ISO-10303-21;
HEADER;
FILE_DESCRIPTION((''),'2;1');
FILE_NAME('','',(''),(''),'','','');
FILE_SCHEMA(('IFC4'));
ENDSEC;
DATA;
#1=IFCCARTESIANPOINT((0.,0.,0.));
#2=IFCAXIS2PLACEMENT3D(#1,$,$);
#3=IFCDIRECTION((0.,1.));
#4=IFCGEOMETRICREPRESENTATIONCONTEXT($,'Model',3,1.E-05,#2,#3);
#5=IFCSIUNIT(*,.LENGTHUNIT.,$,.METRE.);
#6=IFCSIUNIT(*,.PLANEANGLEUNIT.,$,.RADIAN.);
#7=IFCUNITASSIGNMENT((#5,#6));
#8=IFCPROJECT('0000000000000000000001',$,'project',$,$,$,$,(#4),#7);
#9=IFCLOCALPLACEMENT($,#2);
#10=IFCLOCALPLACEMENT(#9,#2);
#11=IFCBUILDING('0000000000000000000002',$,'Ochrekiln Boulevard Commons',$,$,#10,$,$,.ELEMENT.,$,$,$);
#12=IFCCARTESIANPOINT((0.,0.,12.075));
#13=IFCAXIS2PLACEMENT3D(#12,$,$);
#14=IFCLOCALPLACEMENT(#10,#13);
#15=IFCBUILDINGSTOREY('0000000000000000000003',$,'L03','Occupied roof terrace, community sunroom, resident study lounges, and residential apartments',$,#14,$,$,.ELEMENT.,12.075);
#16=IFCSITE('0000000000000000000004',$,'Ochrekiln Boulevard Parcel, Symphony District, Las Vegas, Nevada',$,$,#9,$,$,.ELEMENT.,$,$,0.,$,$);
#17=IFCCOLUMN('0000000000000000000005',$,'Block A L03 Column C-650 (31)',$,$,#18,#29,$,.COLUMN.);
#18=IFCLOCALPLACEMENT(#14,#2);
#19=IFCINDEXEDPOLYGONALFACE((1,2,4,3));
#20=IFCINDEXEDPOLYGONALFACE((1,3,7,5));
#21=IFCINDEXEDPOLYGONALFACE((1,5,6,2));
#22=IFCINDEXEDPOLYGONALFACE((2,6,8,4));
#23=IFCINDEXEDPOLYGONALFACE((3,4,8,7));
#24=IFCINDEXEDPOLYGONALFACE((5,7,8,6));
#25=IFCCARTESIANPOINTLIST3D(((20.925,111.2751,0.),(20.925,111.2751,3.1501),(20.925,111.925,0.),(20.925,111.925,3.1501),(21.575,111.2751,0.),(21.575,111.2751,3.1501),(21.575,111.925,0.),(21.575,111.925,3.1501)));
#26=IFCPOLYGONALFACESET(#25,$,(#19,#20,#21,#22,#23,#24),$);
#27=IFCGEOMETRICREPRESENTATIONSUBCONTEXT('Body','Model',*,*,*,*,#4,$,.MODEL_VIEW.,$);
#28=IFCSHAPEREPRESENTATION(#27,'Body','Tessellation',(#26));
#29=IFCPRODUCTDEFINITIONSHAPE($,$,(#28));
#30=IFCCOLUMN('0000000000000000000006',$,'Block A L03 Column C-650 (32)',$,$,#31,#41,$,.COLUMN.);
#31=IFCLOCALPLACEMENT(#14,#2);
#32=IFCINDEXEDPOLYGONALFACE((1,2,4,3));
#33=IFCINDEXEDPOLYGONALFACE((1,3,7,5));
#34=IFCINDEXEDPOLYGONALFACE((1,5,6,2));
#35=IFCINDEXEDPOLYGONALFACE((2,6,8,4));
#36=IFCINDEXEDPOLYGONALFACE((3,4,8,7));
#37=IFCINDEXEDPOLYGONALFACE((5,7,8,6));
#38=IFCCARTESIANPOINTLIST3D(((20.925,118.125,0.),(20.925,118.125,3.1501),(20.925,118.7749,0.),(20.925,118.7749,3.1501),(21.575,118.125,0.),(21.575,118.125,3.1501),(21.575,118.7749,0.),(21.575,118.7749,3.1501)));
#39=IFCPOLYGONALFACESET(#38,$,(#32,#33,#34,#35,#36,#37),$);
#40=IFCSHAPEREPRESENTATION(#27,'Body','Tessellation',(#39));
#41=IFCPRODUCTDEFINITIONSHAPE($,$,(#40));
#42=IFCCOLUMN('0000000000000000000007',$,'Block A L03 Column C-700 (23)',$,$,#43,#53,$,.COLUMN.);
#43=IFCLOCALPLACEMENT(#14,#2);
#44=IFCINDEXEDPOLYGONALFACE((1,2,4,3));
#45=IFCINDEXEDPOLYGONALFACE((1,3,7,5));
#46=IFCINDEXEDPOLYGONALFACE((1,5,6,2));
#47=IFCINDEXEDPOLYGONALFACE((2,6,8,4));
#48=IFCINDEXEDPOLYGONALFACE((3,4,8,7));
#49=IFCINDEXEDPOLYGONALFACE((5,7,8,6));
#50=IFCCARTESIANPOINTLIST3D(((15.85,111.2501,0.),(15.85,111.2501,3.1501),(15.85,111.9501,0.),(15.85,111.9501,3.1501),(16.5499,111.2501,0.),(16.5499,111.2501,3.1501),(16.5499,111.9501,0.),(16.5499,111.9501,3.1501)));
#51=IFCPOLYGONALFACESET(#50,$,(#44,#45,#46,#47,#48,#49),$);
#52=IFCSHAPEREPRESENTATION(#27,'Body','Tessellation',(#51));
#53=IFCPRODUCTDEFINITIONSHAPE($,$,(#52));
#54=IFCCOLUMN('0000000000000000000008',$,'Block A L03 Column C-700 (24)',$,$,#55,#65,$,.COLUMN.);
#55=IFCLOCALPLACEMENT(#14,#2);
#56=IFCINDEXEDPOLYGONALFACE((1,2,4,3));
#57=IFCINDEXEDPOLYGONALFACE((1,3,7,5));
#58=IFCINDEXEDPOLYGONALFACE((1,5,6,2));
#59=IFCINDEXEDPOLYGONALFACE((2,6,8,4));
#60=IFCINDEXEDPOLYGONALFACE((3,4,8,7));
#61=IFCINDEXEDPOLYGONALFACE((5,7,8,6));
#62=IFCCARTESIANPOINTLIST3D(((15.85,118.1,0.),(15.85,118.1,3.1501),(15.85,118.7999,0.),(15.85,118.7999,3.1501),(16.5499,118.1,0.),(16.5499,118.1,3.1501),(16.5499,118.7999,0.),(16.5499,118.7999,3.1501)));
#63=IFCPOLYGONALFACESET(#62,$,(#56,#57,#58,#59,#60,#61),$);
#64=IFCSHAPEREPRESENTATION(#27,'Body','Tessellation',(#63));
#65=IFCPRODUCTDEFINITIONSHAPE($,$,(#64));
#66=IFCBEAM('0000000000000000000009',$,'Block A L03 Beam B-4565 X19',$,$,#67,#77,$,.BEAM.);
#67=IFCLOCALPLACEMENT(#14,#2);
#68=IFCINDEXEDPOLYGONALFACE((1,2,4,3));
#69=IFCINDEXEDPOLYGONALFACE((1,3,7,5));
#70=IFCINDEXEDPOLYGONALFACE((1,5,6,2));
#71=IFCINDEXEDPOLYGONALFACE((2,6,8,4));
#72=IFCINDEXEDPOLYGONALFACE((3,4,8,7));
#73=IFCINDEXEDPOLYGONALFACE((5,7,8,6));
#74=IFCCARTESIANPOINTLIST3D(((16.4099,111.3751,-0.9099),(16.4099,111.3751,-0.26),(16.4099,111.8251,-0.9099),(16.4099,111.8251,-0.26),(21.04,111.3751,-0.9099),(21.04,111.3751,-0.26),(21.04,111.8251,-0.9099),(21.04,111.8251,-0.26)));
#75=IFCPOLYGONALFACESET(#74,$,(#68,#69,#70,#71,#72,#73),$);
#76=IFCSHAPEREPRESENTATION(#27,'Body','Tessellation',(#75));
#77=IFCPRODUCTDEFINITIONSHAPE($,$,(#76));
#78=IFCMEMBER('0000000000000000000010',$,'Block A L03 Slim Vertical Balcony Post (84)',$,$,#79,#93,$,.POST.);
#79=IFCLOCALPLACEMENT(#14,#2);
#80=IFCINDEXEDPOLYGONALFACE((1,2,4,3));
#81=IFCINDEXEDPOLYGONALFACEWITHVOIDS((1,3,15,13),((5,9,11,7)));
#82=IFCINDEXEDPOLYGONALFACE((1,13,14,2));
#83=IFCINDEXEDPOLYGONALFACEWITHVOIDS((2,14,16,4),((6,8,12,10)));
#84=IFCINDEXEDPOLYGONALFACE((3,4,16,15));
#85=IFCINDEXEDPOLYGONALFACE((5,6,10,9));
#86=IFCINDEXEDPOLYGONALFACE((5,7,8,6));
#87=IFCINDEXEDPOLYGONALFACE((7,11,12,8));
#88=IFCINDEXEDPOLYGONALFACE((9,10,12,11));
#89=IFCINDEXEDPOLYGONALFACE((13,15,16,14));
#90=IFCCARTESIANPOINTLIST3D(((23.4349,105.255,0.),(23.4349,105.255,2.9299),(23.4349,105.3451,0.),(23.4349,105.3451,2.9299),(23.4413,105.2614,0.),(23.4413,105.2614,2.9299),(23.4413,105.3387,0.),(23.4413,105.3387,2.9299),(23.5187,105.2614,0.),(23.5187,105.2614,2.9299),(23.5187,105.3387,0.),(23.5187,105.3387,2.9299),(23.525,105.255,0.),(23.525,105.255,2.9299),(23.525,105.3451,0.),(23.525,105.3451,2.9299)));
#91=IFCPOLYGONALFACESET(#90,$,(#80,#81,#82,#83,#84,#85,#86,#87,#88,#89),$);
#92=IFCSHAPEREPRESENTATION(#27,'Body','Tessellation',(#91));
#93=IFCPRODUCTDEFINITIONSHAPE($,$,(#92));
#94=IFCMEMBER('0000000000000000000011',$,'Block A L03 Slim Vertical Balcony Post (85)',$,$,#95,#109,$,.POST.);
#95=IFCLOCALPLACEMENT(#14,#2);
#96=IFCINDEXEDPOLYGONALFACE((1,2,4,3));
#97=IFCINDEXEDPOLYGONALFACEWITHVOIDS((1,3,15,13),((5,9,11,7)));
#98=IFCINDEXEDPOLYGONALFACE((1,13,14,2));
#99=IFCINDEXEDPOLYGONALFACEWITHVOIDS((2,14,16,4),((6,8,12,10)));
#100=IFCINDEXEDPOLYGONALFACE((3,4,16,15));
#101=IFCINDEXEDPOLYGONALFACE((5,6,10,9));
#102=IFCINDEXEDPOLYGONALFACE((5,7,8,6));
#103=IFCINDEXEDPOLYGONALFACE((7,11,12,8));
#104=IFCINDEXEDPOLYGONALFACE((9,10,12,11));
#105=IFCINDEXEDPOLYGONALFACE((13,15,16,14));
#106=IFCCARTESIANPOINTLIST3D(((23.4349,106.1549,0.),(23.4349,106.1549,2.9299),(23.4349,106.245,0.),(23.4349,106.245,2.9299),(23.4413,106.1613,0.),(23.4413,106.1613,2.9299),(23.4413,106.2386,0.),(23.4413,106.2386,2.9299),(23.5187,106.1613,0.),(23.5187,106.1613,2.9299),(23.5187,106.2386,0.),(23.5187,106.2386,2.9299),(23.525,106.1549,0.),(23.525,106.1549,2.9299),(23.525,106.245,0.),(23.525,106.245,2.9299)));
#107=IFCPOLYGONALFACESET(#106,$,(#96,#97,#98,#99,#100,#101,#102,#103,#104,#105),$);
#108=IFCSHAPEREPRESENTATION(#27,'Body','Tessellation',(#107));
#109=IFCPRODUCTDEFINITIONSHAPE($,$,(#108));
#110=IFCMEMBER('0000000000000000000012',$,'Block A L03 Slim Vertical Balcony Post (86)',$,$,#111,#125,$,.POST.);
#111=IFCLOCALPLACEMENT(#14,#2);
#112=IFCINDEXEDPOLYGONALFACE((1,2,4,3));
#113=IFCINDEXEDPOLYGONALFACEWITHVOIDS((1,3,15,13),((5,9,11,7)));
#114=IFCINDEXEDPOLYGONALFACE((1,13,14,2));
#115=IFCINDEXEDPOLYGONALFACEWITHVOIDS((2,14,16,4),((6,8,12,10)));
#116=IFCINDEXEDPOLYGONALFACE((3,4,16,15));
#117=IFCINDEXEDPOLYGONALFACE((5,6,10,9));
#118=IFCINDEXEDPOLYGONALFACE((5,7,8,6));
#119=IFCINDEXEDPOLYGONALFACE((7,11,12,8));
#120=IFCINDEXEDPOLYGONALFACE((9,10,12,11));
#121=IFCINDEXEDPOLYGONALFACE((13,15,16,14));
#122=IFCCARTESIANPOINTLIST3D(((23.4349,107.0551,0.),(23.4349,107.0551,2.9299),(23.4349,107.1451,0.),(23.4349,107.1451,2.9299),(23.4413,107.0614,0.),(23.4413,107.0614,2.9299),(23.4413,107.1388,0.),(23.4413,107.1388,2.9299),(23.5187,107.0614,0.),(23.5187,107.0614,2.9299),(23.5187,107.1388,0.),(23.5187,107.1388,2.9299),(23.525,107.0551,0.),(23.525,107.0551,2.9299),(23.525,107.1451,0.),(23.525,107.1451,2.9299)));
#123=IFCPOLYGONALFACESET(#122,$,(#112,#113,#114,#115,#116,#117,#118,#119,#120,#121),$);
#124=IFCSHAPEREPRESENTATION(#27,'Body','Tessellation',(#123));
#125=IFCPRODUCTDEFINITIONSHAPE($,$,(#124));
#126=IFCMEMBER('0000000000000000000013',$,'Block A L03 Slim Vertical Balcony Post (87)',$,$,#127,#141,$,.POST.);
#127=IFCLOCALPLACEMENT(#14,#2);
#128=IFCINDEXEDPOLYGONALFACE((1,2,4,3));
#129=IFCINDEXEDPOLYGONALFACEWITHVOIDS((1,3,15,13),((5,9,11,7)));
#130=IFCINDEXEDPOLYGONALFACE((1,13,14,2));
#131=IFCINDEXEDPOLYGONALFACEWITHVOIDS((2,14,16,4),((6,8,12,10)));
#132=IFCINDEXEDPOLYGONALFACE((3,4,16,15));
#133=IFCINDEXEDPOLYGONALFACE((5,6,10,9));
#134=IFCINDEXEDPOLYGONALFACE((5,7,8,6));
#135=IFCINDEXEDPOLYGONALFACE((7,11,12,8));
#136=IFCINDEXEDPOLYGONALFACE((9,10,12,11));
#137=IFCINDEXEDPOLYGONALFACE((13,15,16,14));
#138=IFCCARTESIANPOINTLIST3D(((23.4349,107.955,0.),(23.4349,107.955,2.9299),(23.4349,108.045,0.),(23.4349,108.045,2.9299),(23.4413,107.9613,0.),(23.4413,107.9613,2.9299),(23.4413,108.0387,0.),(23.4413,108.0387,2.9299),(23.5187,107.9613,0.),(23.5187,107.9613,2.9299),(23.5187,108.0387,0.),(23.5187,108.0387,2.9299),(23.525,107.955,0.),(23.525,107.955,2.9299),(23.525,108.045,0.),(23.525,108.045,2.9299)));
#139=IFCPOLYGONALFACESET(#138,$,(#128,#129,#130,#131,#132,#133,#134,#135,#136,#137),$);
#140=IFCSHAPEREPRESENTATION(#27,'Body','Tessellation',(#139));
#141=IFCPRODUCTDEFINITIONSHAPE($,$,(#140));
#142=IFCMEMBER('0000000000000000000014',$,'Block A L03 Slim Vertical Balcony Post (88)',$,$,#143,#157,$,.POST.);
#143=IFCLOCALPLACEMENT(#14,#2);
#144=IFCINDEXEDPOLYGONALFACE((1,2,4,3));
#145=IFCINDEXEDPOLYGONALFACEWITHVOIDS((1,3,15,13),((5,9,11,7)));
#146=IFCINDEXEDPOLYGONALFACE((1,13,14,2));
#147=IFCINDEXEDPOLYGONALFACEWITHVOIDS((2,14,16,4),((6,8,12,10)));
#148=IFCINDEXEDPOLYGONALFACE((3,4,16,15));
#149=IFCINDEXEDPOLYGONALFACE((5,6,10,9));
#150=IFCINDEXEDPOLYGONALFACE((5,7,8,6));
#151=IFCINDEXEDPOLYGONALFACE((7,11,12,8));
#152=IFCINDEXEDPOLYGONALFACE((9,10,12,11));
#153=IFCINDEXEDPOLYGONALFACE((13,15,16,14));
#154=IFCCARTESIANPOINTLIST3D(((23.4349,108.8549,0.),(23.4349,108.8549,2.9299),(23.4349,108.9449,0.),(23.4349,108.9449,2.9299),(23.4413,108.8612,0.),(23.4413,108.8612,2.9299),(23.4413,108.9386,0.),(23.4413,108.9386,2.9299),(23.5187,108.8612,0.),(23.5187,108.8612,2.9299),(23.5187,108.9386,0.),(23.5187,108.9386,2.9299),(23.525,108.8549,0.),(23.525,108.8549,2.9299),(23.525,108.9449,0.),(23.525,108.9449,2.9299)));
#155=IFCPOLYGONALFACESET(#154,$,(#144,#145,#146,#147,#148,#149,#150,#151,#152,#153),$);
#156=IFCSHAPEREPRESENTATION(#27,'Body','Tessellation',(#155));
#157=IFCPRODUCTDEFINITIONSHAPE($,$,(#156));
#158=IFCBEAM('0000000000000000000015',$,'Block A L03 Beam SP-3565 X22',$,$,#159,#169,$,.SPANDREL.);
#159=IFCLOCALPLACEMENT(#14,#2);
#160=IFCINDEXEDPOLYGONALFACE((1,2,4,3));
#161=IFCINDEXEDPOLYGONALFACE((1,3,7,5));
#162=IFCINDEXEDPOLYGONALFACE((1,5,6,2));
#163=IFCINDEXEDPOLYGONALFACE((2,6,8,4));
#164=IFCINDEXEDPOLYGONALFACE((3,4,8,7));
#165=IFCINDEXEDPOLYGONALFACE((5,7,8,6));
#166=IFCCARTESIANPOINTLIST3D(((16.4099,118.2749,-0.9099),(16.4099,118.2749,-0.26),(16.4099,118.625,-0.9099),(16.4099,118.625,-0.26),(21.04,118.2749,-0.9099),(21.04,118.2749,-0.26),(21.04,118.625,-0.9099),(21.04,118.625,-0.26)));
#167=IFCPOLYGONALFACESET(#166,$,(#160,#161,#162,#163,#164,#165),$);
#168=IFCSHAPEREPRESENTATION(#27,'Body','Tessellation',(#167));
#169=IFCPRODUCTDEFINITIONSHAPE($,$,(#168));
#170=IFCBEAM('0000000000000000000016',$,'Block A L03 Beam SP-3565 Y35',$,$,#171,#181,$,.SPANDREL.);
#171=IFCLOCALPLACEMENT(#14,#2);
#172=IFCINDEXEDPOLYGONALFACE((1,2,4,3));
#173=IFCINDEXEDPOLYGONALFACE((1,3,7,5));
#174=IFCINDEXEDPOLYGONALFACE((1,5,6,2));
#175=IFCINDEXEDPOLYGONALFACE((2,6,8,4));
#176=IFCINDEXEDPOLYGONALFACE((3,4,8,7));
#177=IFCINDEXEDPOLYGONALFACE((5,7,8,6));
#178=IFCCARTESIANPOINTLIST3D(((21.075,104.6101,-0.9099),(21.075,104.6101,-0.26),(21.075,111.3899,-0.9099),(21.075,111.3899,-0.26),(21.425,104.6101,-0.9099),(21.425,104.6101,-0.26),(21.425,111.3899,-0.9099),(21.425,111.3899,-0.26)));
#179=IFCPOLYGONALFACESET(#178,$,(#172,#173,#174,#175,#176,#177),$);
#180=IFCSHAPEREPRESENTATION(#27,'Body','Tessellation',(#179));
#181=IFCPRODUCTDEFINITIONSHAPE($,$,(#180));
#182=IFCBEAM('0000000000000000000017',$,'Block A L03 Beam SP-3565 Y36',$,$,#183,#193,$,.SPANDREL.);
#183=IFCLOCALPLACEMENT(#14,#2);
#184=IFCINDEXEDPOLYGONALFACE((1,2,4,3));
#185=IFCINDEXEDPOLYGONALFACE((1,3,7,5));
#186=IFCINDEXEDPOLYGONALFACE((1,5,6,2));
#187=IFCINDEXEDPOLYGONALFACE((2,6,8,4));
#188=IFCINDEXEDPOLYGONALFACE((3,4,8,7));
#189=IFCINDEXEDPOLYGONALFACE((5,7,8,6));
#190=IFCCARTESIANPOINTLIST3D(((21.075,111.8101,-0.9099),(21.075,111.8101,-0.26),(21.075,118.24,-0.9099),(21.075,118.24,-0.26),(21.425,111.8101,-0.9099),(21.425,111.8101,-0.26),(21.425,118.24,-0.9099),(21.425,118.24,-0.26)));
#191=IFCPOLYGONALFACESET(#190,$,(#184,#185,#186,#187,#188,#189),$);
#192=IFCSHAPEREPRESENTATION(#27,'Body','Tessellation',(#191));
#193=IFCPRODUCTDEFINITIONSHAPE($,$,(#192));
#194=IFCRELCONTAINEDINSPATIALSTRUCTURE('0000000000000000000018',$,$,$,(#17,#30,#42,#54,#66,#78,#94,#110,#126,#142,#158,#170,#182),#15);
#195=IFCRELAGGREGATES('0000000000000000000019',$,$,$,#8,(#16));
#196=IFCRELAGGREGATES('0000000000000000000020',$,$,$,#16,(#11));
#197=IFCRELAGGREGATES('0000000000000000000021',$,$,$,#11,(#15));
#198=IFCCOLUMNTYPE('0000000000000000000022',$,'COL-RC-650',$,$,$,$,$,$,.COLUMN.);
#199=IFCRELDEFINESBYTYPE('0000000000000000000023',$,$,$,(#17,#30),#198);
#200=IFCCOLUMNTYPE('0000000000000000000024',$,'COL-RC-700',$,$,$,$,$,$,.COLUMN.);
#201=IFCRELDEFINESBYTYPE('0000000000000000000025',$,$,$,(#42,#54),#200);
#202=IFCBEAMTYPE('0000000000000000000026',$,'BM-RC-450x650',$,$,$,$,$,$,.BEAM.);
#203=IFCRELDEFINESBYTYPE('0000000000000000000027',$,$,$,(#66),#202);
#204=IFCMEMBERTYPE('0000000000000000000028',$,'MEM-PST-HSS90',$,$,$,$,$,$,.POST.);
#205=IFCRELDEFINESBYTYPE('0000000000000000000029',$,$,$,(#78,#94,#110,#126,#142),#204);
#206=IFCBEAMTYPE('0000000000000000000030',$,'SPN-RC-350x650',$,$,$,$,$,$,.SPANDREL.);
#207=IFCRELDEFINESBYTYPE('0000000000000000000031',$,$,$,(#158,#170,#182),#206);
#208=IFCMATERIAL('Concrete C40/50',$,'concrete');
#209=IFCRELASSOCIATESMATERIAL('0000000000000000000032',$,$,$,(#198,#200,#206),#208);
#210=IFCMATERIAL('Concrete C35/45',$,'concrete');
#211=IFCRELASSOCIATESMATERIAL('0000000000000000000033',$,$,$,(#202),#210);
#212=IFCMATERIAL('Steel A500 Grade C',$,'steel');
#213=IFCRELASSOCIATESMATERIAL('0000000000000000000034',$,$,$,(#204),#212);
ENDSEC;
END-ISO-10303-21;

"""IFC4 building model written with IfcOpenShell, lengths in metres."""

from ifc_helpers import new_model, si_unit, direction, frame, origin, origin_2d, place, context, subcontext, project, spatial, rectangle, hollow_rectangle, extrude, material, material_profile, profile_set, type_object, element, save


model = new_model("IFC4")

# Units and contexts
model_context = context("Model", 3, precision=1e-05, world=origin(), true_north=direction((0.0, 1.0)))
body_context = subcontext(model_context, "Body", "Model", "MODEL_VIEW")
ifc_project = project(units=[si_unit("LENGTHUNIT", "METRE"), si_unit("PLANEANGLEUNIT", "RADIAN")], contexts=[model_context])

# Site, building, storey
site_placement = place(None, origin())
site = spatial("IfcSite", under=ifc_project, at=site_placement, Name="Ochrekiln Boulevard Parcel, Symphony District, Las Vegas, Nevada", CompositionType="ELEMENT", RefElevation=0.0)
building_placement = place(site_placement, origin())
building = spatial("IfcBuilding", under=site, at=building_placement, Name="Ochrekiln Boulevard Commons", CompositionType="ELEMENT")
storey_placement = place(building_placement, frame((0.0, 0.0, 12.075)))
storey = spatial("IfcBuildingStorey", under=building, at=storey_placement, Name="L03", Description="Occupied roof terrace, community sunroom, resident study lounges, and residential apartments", CompositionType="ELEMENT", Elevation=12.075)

# Columns
ifc_material_1 = material(Name="Concrete C40/50", Category="concrete")
ifc_material_profile_1 = material_profile(ifc_material_1, rectangle(XDim=0.6499, YDim=0.6499, at=origin_2d()), Name="RC-COL-650x650")
ifc_profile_set_1 = profile_set([ifc_material_profile_1], Name="Concrete C40/50")
column_type_1 = type_object("IfcColumnType", Name="COL-RC-650", PredefinedType="COLUMN", material=ifc_profile_set_1)
for number, where, z_axis, x_axis, name in (
    (1, (21.25, 111.6001, 0.0), (0.0, 0.0, 1.0), (1.0, 0.0, 0.0), "Block A L03 Column C-650 (31)"),
    (2, (21.25, 118.45, 0.0), (0.0, 0.0, 1.0), (1.0, 0.0, 0.0), "Block A L03 Column C-650 (32)"),
):
    element("IfcColumn", number, at=place(storey_placement, frame(where, z_axis=z_axis, x_axis=x_axis)), inside=storey, type_object=column_type_1, Name=name, PredefinedType="COLUMN", context=body_context, shape_type="SweptSolid", body=[
        extrude(rectangle(XDim=0.6499, YDim=0.6499, at=origin_2d()), origin(), (0.0, 0.0, 1.0), 3.1501),
    ])
ifc_material_profile_2 = material_profile(ifc_material_1, rectangle(XDim=0.7, YDim=0.7, at=origin_2d()), Name="RC-COL-700x700")
ifc_profile_set_2 = profile_set([ifc_material_profile_2], Name="Concrete C40/50")
column_type_2 = type_object("IfcColumnType", Name="COL-RC-700", PredefinedType="COLUMN", material=ifc_profile_set_2)
for number, where, z_axis, x_axis, name in (
    (3, (16.2, 111.6001, 0.0), (0.0, 0.0, 1.0), (1.0, 0.0, 0.0), "Block A L03 Column C-700 (23)"),
    (4, (16.2, 118.45, 0.0), (0.0, 0.0, 1.0), (1.0, 0.0, 0.0), "Block A L03 Column C-700 (24)"),
):
    element("IfcColumn", number, at=place(storey_placement, frame(where, z_axis=z_axis, x_axis=x_axis)), inside=storey, type_object=column_type_2, Name=name, PredefinedType="COLUMN", context=body_context, shape_type="SweptSolid", body=[
        extrude(rectangle(XDim=0.7, YDim=0.7, at=origin_2d()), origin(), (0.0, 0.0, 1.0), 3.1501),
    ])

# Beam
ifc_material_2 = material(Name="Concrete C35/45", Category="concrete")
ifc_material_profile_3 = material_profile(ifc_material_2, rectangle(XDim=0.45, YDim=0.6499, at=origin_2d()), Name="RC-BM-450x650")
ifc_profile_set_3 = profile_set([ifc_material_profile_3], Name="Concrete C35/45")
beam_type_1 = type_object("IfcBeamType", Name="BM-RC-450x650", PredefinedType="BEAM", material=ifc_profile_set_3)
beam_1_placement = place(storey_placement, frame((16.4099, 111.6001, -0.585), z_axis=(1.0, 0.0, 0.0), x_axis=(0.0, 1.0, 0.0)))
element("IfcBeam", 5, at=beam_1_placement, inside=storey, type_object=beam_type_1, Name="Block A L03 Beam B-4565 X19", PredefinedType="BEAM", context=body_context, shape_type="SweptSolid", body=[
    extrude(rectangle(XDim=0.45, YDim=0.6499, at=origin_2d()), origin(), (0.0, 0.0, 1.0), 4.6301),
])

# Members
ifc_material_3 = material(Name="Steel A500 Grade C", Category="steel")
ifc_material_profile_4 = material_profile(ifc_material_3, hollow_rectangle(XDim=0.0901, YDim=0.0901, WallThickness=0.0063, at=origin_2d()), Name="HSS90X90X6.4")
ifc_profile_set_4 = profile_set([ifc_material_profile_4], Name="Steel A500 Grade C")
member_type = type_object("IfcMemberType", Name="MEM-PST-HSS90", PredefinedType="POST", material=ifc_profile_set_4)
for number, where, z_axis, x_axis, name in (
    (6, (23.48, 105.3, 0.0), (0.0, 0.0, 1.0), (1.0, 0.0, 0.0), "Block A L03 Slim Vertical Balcony Post (84)"),
    (7, (23.48, 106.2, 0.0), (0.0, 0.0, 1.0), (1.0, 0.0, 0.0), "Block A L03 Slim Vertical Balcony Post (85)"),
    (8, (23.48, 107.1001, 0.0), (0.0, 0.0, 1.0), (1.0, 0.0, 0.0), "Block A L03 Slim Vertical Balcony Post (86)"),
    (9, (23.48, 108.0, 0.0), (0.0, 0.0, 1.0), (1.0, 0.0, 0.0), "Block A L03 Slim Vertical Balcony Post (87)"),
    (10, (23.48, 108.8999, 0.0), (0.0, 0.0, 1.0), (1.0, 0.0, 0.0), "Block A L03 Slim Vertical Balcony Post (88)"),
):
    element("IfcMember", number, at=place(storey_placement, frame(where, z_axis=z_axis, x_axis=x_axis)), inside=storey, type_object=member_type, Name=name, PredefinedType="POST", context=body_context, shape_type="SweptSolid", body=[
        extrude(hollow_rectangle(XDim=0.0901, YDim=0.0901, WallThickness=0.0063, at=origin_2d()), origin(), (0.0, 0.0, 1.0), 2.9299),
    ])

# Beams
ifc_material_profile_5 = material_profile(ifc_material_1, rectangle(XDim=0.3501, YDim=0.6499, at=origin_2d()), Name="RC-SPN-350x650")
ifc_profile_set_5 = profile_set([ifc_material_profile_5], Name="Concrete C40/50")
beam_type_2 = type_object("IfcBeamType", Name="SPN-RC-350x650", PredefinedType="SPANDREL", material=ifc_profile_set_5)
beam_2_placement = place(storey_placement, frame((16.4099, 118.45, -0.585), z_axis=(1.0, 0.0, 0.0), x_axis=(0.0, 1.0, 0.0)))
element("IfcBeam", 11, at=beam_2_placement, inside=storey, type_object=beam_type_2, Name="Block A L03 Beam SP-3565 X22", PredefinedType="SPANDREL", context=body_context, shape_type="SweptSolid", body=[
    extrude(rectangle(XDim=0.3501, YDim=0.6499, at=origin_2d()), origin(), (0.0, 0.0, 1.0), 4.6301),
])
beam_3_placement = place(storey_placement, frame((21.25, 104.6101, -0.585), z_axis=(0.0, 1.0, 0.0), x_axis=(-1.0, 0.0, 0.0)))
element("IfcBeam", 12, at=beam_3_placement, inside=storey, type_object=beam_type_2, Name="Block A L03 Beam SP-3565 Y35", PredefinedType="SPANDREL", context=body_context, shape_type="SweptSolid", body=[
    extrude(rectangle(XDim=0.3501, YDim=0.6499, at=origin_2d()), origin(), (0.0, 0.0, 1.0), 6.7798),
])
beam_4_placement = place(storey_placement, frame((21.25, 111.8101, -0.585), z_axis=(0.0, 1.0, 0.0), x_axis=(-1.0, 0.0, 0.0)))
element("IfcBeam", 13, at=beam_4_placement, inside=storey, type_object=beam_type_2, Name="Block A L03 Beam SP-3565 Y36", PredefinedType="SPANDREL", context=body_context, shape_type="SweptSolid", body=[
    extrude(rectangle(XDim=0.3501, YDim=0.6499, at=origin_2d()), origin(), (0.0, 0.0, 1.0), 6.4299),
])

save(model, "model.ifc")
